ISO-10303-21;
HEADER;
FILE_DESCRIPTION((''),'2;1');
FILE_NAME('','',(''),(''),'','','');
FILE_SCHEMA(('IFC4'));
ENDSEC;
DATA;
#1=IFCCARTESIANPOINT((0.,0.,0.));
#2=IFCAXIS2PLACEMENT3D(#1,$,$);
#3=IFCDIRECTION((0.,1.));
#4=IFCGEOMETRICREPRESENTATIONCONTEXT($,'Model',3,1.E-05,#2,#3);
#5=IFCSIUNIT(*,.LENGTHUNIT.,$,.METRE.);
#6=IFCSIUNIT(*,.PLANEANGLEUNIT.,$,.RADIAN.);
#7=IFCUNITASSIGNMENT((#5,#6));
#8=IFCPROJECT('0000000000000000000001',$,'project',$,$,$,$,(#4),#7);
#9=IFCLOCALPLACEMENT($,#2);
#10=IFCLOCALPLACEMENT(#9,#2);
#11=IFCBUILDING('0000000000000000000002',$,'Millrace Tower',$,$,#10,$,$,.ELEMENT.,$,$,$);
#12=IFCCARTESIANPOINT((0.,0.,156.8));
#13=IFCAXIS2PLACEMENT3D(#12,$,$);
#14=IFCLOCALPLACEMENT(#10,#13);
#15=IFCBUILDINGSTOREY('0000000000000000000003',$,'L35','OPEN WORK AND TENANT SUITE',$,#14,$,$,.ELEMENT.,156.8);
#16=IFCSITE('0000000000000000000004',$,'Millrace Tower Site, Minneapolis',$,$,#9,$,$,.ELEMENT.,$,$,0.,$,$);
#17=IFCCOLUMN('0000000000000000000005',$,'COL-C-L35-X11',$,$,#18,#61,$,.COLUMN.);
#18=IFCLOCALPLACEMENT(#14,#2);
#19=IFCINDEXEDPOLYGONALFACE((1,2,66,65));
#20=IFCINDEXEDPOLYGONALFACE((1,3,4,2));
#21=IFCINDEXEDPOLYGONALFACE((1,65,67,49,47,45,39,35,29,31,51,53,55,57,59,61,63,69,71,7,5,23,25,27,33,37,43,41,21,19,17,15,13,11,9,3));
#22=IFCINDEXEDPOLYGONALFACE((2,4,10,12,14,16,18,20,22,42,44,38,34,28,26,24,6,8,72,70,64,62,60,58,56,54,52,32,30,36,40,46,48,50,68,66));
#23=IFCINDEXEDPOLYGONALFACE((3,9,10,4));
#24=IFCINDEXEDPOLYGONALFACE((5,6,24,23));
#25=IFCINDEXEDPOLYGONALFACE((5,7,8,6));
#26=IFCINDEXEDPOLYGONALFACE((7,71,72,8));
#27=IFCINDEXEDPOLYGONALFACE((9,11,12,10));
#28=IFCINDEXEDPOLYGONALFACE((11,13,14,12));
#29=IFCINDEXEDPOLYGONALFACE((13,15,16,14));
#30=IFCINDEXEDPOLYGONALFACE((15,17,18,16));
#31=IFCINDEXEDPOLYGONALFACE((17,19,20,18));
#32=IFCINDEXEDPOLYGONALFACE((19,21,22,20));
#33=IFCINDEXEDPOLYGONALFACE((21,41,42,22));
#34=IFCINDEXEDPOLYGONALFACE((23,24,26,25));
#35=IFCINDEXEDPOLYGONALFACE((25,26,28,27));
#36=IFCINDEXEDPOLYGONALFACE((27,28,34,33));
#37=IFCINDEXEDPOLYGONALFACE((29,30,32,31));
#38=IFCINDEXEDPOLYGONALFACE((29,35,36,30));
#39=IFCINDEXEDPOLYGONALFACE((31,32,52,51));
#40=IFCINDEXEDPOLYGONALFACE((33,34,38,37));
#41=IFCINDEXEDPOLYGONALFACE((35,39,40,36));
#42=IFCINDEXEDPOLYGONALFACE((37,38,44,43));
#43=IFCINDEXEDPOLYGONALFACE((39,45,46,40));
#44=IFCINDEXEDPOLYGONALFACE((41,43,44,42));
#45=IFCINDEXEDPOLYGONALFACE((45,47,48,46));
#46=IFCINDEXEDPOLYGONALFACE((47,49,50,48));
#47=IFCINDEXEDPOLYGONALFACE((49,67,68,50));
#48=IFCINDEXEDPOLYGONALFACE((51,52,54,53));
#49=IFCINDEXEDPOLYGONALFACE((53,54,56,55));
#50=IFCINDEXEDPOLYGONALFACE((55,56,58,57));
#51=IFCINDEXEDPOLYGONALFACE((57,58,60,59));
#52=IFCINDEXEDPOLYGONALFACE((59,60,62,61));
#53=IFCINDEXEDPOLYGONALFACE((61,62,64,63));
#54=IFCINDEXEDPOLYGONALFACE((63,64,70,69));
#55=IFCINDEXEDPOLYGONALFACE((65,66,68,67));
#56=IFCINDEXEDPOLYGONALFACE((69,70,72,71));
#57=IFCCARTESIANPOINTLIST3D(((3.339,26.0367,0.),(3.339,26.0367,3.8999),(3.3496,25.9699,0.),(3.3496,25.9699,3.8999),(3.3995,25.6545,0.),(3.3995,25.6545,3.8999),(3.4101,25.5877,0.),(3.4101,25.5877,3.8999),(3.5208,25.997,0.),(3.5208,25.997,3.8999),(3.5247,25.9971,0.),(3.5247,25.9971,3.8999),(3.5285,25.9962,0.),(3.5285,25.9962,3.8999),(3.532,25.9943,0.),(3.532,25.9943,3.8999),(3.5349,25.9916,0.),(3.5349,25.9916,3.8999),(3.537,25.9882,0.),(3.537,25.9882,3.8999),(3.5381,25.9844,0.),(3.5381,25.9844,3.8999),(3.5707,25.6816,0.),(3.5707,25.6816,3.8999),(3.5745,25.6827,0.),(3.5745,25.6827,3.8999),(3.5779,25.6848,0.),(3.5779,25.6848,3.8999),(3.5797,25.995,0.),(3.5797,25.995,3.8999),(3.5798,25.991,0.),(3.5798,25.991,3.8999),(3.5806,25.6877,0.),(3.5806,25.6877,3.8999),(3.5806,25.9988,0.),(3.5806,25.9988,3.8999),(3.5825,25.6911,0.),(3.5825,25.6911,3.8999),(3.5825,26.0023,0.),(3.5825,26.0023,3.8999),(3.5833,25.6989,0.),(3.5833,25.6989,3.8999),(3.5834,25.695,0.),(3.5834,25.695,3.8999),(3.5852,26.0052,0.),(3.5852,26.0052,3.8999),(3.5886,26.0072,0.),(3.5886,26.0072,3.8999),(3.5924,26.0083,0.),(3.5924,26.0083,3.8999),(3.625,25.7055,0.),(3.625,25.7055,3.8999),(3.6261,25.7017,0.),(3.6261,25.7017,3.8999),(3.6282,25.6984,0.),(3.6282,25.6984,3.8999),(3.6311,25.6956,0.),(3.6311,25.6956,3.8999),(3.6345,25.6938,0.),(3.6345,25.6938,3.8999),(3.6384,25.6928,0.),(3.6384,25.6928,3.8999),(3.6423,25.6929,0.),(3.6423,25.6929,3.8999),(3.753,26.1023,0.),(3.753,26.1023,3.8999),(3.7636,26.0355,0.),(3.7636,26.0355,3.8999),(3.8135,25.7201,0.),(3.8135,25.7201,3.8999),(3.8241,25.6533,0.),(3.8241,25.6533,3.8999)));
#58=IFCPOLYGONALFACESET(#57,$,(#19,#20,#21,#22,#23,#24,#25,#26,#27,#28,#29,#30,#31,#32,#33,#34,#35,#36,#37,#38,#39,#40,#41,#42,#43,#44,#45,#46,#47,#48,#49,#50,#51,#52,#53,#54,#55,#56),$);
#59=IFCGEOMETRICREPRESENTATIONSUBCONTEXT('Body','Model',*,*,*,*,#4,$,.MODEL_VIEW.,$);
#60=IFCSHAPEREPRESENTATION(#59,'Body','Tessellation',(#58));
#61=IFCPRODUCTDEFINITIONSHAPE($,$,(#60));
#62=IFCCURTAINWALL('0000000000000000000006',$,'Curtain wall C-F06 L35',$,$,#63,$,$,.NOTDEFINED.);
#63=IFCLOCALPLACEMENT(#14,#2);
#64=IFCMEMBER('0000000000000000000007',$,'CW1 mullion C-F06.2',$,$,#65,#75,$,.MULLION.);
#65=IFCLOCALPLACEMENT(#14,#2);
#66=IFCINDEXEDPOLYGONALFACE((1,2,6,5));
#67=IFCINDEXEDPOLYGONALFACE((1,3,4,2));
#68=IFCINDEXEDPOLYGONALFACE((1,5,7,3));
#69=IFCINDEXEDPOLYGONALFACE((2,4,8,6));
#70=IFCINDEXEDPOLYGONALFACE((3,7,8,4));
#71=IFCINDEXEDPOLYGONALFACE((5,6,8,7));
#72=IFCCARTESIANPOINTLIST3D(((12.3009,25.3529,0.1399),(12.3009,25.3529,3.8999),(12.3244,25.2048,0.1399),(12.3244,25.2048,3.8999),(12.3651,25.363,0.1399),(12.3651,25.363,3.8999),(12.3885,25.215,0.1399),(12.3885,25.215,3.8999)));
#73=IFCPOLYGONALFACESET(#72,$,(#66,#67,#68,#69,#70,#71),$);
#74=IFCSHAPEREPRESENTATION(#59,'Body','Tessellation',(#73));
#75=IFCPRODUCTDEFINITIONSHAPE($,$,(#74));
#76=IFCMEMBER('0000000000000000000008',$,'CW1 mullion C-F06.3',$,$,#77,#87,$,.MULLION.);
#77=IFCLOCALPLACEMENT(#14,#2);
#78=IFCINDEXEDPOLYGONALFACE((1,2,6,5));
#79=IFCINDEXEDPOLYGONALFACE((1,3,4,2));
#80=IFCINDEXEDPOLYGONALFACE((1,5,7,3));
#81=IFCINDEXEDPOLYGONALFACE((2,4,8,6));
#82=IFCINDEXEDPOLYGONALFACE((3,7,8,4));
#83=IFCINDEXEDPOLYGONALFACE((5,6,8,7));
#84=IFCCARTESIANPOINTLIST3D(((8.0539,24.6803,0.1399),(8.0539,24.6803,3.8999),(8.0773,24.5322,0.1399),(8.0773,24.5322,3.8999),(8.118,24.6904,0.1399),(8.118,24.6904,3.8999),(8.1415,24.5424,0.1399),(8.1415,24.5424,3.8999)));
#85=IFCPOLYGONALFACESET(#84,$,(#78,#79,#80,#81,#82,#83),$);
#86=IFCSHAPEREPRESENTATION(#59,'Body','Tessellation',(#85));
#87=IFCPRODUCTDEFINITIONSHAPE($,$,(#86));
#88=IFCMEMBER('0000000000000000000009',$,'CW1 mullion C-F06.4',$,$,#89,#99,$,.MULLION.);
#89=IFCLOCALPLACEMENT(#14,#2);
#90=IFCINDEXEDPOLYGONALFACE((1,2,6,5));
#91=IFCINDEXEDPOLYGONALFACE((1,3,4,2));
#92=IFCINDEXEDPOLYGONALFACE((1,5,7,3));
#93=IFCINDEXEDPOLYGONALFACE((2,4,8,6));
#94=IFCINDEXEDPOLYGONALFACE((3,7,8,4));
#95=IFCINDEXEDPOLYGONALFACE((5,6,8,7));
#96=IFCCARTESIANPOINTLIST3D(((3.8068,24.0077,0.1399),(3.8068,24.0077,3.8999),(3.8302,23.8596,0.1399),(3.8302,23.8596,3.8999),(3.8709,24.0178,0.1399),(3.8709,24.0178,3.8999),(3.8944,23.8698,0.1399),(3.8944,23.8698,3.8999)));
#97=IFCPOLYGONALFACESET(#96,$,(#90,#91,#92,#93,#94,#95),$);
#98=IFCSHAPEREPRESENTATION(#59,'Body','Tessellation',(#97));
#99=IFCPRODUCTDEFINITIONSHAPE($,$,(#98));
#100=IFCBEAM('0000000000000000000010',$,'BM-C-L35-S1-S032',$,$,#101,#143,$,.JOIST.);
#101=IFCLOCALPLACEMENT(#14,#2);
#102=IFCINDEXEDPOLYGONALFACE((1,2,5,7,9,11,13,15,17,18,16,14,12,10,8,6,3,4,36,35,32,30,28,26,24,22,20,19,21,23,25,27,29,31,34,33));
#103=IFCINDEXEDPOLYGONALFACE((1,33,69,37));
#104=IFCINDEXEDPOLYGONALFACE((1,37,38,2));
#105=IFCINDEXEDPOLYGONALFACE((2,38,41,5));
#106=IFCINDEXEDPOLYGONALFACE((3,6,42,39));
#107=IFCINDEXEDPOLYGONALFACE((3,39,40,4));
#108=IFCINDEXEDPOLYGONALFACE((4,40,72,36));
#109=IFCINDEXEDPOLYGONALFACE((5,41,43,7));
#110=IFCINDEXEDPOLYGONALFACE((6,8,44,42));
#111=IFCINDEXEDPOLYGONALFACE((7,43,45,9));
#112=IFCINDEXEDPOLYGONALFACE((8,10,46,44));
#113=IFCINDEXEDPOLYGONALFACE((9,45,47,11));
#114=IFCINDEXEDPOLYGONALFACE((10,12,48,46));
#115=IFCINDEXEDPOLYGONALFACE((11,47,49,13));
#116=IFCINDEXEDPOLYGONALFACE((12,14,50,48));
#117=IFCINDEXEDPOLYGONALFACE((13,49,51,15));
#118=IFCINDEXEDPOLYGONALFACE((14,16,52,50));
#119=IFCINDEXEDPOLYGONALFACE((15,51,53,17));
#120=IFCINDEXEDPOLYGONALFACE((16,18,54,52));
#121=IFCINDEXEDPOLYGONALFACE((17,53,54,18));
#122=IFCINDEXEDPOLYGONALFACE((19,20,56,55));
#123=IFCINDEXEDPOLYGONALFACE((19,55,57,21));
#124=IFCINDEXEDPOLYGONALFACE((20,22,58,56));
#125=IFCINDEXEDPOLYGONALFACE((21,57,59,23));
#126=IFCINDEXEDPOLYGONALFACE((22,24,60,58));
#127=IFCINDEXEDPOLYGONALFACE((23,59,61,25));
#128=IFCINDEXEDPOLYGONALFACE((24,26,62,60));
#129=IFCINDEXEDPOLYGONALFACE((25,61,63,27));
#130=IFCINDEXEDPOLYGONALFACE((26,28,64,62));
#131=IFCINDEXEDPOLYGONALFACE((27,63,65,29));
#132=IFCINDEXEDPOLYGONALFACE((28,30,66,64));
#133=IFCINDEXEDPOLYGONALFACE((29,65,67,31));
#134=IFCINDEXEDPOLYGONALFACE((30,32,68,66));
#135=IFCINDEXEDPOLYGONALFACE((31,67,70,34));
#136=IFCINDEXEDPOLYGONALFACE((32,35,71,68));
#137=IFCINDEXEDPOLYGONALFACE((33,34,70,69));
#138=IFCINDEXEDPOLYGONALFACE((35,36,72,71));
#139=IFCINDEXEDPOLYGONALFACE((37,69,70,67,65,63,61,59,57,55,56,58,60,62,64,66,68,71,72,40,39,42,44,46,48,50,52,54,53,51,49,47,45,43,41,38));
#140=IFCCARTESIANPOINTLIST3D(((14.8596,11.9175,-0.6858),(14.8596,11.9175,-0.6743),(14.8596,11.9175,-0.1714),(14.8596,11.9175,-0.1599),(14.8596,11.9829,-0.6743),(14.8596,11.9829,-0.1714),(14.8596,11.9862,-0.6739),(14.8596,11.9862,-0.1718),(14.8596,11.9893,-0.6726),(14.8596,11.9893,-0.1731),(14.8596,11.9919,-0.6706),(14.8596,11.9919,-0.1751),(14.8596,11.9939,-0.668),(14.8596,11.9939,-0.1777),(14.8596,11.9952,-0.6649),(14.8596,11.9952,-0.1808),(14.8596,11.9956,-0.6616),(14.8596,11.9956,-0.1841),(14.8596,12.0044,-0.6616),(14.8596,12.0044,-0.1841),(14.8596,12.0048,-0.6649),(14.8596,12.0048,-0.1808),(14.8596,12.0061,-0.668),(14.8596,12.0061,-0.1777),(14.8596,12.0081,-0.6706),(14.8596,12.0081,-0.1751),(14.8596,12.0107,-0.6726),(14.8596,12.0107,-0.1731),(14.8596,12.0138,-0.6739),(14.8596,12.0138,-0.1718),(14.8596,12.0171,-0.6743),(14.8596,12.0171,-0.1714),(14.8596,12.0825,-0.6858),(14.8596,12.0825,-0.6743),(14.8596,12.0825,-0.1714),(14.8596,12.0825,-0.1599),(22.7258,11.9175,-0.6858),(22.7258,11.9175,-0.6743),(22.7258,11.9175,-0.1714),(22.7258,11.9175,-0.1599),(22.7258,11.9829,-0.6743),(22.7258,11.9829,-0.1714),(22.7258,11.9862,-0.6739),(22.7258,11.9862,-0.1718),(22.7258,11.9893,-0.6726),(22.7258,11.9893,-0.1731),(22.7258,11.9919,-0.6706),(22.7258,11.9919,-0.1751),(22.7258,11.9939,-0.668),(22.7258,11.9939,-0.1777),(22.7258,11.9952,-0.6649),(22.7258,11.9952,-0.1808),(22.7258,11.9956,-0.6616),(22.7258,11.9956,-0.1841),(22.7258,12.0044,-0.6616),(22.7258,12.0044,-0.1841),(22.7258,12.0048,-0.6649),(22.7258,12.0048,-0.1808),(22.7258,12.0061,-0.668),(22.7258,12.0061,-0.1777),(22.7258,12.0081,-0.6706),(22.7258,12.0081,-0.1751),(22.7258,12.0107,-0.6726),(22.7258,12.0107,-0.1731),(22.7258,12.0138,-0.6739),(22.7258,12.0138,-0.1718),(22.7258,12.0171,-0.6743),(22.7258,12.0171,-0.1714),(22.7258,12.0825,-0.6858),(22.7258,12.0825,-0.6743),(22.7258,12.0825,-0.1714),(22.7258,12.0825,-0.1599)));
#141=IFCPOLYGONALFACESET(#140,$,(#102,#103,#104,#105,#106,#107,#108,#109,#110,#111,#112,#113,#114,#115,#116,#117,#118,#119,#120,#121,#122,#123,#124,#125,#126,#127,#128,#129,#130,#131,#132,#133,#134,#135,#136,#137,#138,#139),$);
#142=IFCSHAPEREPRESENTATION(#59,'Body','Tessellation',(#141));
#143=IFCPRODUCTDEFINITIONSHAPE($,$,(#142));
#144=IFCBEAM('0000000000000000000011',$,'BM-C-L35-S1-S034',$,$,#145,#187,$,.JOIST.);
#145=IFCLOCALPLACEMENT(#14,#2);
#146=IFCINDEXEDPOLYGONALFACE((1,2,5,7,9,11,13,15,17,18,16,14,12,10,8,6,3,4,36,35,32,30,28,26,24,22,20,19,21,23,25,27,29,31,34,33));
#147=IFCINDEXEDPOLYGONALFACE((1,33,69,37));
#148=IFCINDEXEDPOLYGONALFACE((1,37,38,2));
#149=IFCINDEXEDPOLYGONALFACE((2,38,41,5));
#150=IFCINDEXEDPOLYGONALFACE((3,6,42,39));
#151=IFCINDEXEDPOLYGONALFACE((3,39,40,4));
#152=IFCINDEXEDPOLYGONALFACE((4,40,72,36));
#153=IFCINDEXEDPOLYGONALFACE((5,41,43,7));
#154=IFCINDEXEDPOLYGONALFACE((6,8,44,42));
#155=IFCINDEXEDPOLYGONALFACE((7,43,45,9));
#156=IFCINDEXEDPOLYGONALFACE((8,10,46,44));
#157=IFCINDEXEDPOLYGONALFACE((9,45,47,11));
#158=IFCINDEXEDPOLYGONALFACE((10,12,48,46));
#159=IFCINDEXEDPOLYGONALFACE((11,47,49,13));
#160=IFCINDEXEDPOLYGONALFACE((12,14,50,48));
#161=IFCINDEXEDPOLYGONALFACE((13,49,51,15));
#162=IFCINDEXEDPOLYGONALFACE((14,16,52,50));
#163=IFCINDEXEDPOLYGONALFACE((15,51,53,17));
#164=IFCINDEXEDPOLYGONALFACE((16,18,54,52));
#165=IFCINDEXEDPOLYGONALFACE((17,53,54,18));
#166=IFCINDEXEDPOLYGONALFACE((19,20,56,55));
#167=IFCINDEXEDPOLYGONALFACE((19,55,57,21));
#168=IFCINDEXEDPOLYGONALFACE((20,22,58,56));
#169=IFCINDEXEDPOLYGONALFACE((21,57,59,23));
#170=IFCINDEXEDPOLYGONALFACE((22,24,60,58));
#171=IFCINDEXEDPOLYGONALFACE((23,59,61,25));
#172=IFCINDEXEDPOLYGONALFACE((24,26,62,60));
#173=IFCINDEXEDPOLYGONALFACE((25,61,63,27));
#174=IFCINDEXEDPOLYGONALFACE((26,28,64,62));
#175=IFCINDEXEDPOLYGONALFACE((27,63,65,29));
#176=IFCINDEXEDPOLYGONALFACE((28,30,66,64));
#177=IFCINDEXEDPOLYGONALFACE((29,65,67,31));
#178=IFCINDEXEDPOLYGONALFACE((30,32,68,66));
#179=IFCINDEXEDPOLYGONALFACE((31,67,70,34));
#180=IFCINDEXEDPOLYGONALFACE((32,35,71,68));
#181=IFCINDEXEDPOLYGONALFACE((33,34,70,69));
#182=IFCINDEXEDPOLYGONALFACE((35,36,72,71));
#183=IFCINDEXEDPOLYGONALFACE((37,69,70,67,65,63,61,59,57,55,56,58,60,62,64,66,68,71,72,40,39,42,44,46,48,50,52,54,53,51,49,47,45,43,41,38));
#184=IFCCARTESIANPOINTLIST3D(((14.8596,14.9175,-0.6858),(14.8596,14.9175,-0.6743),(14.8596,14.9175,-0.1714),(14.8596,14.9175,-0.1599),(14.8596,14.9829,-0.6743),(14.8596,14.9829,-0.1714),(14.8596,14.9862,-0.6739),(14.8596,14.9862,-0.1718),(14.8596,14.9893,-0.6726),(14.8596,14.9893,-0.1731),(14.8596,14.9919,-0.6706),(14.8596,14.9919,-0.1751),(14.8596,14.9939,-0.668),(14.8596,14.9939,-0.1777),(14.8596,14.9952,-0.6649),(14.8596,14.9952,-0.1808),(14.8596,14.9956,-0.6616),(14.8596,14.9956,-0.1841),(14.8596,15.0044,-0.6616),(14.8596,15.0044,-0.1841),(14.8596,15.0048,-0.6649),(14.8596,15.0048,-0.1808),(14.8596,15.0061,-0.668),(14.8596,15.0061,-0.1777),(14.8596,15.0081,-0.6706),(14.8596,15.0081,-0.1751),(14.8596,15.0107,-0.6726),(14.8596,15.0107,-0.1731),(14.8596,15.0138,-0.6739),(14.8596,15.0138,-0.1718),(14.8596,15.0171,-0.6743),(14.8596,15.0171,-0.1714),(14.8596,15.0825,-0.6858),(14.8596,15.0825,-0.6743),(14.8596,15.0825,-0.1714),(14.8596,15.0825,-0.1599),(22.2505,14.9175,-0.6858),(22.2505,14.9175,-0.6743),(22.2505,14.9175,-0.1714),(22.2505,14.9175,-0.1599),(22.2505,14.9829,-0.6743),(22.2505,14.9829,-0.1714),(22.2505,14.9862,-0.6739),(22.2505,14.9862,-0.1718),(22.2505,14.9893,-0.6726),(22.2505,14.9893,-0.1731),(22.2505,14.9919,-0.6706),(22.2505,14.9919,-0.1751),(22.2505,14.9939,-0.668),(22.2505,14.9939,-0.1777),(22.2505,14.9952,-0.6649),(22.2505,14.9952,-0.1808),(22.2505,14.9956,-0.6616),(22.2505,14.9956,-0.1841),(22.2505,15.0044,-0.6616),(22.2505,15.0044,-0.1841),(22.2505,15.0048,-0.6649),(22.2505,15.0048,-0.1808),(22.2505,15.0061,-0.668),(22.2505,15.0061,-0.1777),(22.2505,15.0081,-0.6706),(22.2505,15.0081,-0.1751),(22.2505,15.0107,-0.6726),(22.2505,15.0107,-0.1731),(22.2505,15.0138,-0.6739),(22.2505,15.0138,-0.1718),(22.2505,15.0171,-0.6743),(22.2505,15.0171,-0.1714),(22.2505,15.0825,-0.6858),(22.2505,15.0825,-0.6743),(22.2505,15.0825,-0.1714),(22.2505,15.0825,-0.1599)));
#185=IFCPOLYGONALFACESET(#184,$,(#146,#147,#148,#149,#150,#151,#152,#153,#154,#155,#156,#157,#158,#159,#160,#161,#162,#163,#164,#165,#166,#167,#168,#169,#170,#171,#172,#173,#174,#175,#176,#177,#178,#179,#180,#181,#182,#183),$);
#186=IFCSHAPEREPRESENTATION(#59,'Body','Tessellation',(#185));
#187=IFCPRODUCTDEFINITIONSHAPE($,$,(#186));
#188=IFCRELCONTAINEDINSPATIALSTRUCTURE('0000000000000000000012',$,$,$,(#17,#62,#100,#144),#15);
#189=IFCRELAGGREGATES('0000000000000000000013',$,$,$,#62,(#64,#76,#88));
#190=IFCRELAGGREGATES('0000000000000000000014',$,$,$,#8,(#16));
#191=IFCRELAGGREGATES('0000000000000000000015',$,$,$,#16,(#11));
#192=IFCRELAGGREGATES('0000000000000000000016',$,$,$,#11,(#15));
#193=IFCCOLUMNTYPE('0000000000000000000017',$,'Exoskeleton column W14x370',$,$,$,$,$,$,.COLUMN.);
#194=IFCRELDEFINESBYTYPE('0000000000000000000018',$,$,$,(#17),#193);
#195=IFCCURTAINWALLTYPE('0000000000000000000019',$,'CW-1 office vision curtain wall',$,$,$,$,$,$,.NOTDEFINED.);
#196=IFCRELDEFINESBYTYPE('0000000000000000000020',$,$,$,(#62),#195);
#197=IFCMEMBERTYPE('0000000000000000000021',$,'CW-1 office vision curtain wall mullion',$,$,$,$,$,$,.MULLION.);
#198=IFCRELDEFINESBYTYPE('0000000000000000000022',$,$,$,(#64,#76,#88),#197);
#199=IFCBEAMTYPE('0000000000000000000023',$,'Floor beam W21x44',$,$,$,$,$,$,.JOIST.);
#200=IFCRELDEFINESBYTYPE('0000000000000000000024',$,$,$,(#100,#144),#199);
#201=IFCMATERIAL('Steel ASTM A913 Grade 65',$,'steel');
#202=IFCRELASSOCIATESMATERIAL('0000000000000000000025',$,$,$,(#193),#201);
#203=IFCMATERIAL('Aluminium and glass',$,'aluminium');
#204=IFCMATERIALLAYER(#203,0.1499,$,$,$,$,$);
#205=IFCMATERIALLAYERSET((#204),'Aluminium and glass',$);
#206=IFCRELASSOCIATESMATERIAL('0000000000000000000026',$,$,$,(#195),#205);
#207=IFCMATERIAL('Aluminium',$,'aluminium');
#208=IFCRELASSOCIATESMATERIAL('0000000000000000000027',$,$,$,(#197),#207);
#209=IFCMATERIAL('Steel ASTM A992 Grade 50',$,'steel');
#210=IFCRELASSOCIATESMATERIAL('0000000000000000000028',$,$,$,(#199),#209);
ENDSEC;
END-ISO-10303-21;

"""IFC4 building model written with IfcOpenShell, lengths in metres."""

from ifc_helpers import new_model, si_unit, direction, frame, origin, origin_2d, place, context, subcontext, project, spatial, rectangle, i_section, extrude, material, layer, layer_set, material_profile, profile_set, type_object, element, aggregate, save


model = new_model("IFC4")

# Units and contexts
model_context = context("Model", 3, precision=1e-05, world=origin(), true_north=direction((0.0, 1.0)))
body_context = subcontext(model_context, "Body", "Model", "MODEL_VIEW")
ifc_project = project(units=[si_unit("LENGTHUNIT", "METRE"), si_unit("PLANEANGLEUNIT", "RADIAN")], contexts=[model_context])

# Site, building, storey
site_placement = place(None, origin())
site = spatial("IfcSite", under=ifc_project, at=site_placement, Name="Millrace Tower Site, Minneapolis", CompositionType="ELEMENT", RefElevation=0.0)
building_placement = place(site_placement, origin())
building = spatial("IfcBuilding", under=site, at=building_placement, Name="Millrace Tower", CompositionType="ELEMENT")
storey_placement = place(building_placement, frame((0.0, 0.0, 156.8)))
storey = spatial("IfcBuildingStorey", under=building, at=storey_placement, Name="L35", Description="OPEN WORK AND TENANT SUITE", CompositionType="ELEMENT", Elevation=156.8)

# Column
ifc_material_1 = material(Name="Steel ASTM A913 Grade 65", Category="steel")
ifc_material_profile_1 = material_profile(ifc_material_1, i_section(OverallWidth=0.4192, OverallDepth=0.4546, WebThickness=0.0422, FlangeThickness=0.0676, FilletRadius=0.0151, at=origin_2d()))
ifc_profile_set_1 = profile_set([ifc_material_profile_1], Name="Steel ASTM A913 Grade 65")
column_type = type_object("IfcColumnType", Name="Exoskeleton column W14x370", PredefinedType="COLUMN", material=ifc_profile_set_1)
column_placement = place(storey_placement, frame((3.5815, 25.845, 0.0), z_axis=(0.0, 0.0, 1.0), x_axis=(-0.987688, -0.156434, 0.0)))
element("IfcColumn", 1, at=column_placement, inside=storey, type_object=column_type, Name="COL-C-L35-X11", PredefinedType="COLUMN", context=body_context, shape_type="SweptSolid", body=[
    extrude(i_section(OverallWidth=0.4192, OverallDepth=0.4546, WebThickness=0.0422, FlangeThickness=0.0676, FilletRadius=0.0151, at=origin_2d()), origin(), (0.0, 0.0, 1.0), 3.8999),
])

# Curtain wall, members
ifc_material_2 = material(Name="Aluminium and glass", Category="aluminium")
ifc_layer_1 = layer(ifc_material_2, 0.1499)
ifc_layer_set_1 = layer_set([ifc_layer_1], Name="Aluminium and glass")
curtain_wall_type = type_object("IfcCurtainWallType", Name="CW-1 office vision curtain wall", PredefinedType="NOTDEFINED", material=ifc_layer_set_1)
curtain_wall_placement = place(storey_placement, origin())
curtain_wall = element("IfcCurtainWall", 2, at=curtain_wall_placement, inside=storey, type_object=curtain_wall_type, Name="Curtain wall C-F06 L35", PredefinedType="NOTDEFINED")
ifc_material_3 = material(Name="Aluminium", Category="aluminium")
ifc_material_profile_2 = material_profile(ifc_material_3, rectangle(XDim=0.0649, YDim=0.1499, at=origin_2d()))
ifc_profile_set_2 = profile_set([ifc_material_profile_2], Name="Aluminium")
member_type = type_object("IfcMemberType", Name="CW-1 office vision curtain wall mullion", PredefinedType="MULLION", material=ifc_profile_set_2)
member_1_placement = place(storey_placement, frame((12.3447, 25.2839, 0.1399), z_axis=(0.0, 0.0, 1.0), x_axis=(-0.987688, -0.156434, 0.0)))
member_1 = element("IfcMember", 3, at=member_1_placement, type_object=member_type, Name="CW1 mullion C-F06.2", PredefinedType="MULLION", context=body_context, shape_type="SweptSolid", body=[
    extrude(rectangle(XDim=0.0649, YDim=0.1499, at=origin_2d()), origin(), (0.0, 0.0, 1.0), 3.76),
])
member_2_placement = place(storey_placement, frame((8.0977, 24.6113, 0.1399), z_axis=(0.0, 0.0, 1.0), x_axis=(-0.987688, -0.156434, 0.0)))
member_2 = element("IfcMember", 4, at=member_2_placement, type_object=member_type, Name="CW1 mullion C-F06.3", PredefinedType="MULLION", context=body_context, shape_type="SweptSolid", body=[
    extrude(rectangle(XDim=0.0649, YDim=0.1499, at=origin_2d()), origin(), (0.0, 0.0, 1.0), 3.76),
])
member_3_placement = place(storey_placement, frame((3.8506, 23.9387, 0.1399), z_axis=(0.0, 0.0, 1.0), x_axis=(-0.987688, -0.156434, 0.0)))
member_3 = element("IfcMember", 5, at=member_3_placement, type_object=member_type, Name="CW1 mullion C-F06.4", PredefinedType="MULLION", context=body_context, shape_type="SweptSolid", body=[
    extrude(rectangle(XDim=0.0649, YDim=0.1499, at=origin_2d()), origin(), (0.0, 0.0, 1.0), 3.76),
])
aggregate(curtain_wall, [member_1, member_2, member_3])

# Beams
ifc_material_4 = material(Name="Steel ASTM A992 Grade 50", Category="steel")
ifc_material_profile_3 = material_profile(ifc_material_4, i_section(OverallWidth=0.165, OverallDepth=0.5259, WebThickness=0.0088, FlangeThickness=0.0115, FilletRadius=0.0127, at=origin_2d()))
ifc_profile_set_3 = profile_set([ifc_material_profile_3], Name="Steel ASTM A992 Grade 50")
beam_type_1 = type_object("IfcBeamType", Name="Floor beam W21x44", PredefinedType="JOIST", material=ifc_profile_set_3)
beam_1_placement = place(storey_placement, frame((14.8596, 12.0, -0.4229), z_axis=(1.0, 0.0, 0.0), x_axis=(0.0, 1.0, 0.0)))
element("IfcBeam", 6, at=beam_1_placement, inside=storey, type_object=beam_type_1, Name="BM-C-L35-S1-S032", PredefinedType="JOIST", context=body_context, shape_type="SweptSolid", body=[
    extrude(i_section(OverallWidth=0.165, OverallDepth=0.5259, WebThickness=0.0088, FlangeThickness=0.0115, FilletRadius=0.0127, at=origin_2d()), origin(), (0.0, 0.0, 1.0), 7.8662),
])
beam_2_placement = place(storey_placement, frame((14.8596, 15.0, -0.4229), z_axis=(1.0, 0.0, 0.0), x_axis=(0.0, 1.0, 0.0)))
element("IfcBeam", 7, at=beam_2_placement, inside=storey, type_object=beam_type_1, Name="BM-C-L35-S1-S034", PredefinedType="JOIST", context=body_context, shape_type="SweptSolid", body=[
    extrude(i_section(OverallWidth=0.165, OverallDepth=0.5259, WebThickness=0.0088, FlangeThickness=0.0115, FilletRadius=0.0127, at=origin_2d()), origin(), (0.0, 0.0, 1.0), 7.3909),
])

save(model, "model.ifc")
